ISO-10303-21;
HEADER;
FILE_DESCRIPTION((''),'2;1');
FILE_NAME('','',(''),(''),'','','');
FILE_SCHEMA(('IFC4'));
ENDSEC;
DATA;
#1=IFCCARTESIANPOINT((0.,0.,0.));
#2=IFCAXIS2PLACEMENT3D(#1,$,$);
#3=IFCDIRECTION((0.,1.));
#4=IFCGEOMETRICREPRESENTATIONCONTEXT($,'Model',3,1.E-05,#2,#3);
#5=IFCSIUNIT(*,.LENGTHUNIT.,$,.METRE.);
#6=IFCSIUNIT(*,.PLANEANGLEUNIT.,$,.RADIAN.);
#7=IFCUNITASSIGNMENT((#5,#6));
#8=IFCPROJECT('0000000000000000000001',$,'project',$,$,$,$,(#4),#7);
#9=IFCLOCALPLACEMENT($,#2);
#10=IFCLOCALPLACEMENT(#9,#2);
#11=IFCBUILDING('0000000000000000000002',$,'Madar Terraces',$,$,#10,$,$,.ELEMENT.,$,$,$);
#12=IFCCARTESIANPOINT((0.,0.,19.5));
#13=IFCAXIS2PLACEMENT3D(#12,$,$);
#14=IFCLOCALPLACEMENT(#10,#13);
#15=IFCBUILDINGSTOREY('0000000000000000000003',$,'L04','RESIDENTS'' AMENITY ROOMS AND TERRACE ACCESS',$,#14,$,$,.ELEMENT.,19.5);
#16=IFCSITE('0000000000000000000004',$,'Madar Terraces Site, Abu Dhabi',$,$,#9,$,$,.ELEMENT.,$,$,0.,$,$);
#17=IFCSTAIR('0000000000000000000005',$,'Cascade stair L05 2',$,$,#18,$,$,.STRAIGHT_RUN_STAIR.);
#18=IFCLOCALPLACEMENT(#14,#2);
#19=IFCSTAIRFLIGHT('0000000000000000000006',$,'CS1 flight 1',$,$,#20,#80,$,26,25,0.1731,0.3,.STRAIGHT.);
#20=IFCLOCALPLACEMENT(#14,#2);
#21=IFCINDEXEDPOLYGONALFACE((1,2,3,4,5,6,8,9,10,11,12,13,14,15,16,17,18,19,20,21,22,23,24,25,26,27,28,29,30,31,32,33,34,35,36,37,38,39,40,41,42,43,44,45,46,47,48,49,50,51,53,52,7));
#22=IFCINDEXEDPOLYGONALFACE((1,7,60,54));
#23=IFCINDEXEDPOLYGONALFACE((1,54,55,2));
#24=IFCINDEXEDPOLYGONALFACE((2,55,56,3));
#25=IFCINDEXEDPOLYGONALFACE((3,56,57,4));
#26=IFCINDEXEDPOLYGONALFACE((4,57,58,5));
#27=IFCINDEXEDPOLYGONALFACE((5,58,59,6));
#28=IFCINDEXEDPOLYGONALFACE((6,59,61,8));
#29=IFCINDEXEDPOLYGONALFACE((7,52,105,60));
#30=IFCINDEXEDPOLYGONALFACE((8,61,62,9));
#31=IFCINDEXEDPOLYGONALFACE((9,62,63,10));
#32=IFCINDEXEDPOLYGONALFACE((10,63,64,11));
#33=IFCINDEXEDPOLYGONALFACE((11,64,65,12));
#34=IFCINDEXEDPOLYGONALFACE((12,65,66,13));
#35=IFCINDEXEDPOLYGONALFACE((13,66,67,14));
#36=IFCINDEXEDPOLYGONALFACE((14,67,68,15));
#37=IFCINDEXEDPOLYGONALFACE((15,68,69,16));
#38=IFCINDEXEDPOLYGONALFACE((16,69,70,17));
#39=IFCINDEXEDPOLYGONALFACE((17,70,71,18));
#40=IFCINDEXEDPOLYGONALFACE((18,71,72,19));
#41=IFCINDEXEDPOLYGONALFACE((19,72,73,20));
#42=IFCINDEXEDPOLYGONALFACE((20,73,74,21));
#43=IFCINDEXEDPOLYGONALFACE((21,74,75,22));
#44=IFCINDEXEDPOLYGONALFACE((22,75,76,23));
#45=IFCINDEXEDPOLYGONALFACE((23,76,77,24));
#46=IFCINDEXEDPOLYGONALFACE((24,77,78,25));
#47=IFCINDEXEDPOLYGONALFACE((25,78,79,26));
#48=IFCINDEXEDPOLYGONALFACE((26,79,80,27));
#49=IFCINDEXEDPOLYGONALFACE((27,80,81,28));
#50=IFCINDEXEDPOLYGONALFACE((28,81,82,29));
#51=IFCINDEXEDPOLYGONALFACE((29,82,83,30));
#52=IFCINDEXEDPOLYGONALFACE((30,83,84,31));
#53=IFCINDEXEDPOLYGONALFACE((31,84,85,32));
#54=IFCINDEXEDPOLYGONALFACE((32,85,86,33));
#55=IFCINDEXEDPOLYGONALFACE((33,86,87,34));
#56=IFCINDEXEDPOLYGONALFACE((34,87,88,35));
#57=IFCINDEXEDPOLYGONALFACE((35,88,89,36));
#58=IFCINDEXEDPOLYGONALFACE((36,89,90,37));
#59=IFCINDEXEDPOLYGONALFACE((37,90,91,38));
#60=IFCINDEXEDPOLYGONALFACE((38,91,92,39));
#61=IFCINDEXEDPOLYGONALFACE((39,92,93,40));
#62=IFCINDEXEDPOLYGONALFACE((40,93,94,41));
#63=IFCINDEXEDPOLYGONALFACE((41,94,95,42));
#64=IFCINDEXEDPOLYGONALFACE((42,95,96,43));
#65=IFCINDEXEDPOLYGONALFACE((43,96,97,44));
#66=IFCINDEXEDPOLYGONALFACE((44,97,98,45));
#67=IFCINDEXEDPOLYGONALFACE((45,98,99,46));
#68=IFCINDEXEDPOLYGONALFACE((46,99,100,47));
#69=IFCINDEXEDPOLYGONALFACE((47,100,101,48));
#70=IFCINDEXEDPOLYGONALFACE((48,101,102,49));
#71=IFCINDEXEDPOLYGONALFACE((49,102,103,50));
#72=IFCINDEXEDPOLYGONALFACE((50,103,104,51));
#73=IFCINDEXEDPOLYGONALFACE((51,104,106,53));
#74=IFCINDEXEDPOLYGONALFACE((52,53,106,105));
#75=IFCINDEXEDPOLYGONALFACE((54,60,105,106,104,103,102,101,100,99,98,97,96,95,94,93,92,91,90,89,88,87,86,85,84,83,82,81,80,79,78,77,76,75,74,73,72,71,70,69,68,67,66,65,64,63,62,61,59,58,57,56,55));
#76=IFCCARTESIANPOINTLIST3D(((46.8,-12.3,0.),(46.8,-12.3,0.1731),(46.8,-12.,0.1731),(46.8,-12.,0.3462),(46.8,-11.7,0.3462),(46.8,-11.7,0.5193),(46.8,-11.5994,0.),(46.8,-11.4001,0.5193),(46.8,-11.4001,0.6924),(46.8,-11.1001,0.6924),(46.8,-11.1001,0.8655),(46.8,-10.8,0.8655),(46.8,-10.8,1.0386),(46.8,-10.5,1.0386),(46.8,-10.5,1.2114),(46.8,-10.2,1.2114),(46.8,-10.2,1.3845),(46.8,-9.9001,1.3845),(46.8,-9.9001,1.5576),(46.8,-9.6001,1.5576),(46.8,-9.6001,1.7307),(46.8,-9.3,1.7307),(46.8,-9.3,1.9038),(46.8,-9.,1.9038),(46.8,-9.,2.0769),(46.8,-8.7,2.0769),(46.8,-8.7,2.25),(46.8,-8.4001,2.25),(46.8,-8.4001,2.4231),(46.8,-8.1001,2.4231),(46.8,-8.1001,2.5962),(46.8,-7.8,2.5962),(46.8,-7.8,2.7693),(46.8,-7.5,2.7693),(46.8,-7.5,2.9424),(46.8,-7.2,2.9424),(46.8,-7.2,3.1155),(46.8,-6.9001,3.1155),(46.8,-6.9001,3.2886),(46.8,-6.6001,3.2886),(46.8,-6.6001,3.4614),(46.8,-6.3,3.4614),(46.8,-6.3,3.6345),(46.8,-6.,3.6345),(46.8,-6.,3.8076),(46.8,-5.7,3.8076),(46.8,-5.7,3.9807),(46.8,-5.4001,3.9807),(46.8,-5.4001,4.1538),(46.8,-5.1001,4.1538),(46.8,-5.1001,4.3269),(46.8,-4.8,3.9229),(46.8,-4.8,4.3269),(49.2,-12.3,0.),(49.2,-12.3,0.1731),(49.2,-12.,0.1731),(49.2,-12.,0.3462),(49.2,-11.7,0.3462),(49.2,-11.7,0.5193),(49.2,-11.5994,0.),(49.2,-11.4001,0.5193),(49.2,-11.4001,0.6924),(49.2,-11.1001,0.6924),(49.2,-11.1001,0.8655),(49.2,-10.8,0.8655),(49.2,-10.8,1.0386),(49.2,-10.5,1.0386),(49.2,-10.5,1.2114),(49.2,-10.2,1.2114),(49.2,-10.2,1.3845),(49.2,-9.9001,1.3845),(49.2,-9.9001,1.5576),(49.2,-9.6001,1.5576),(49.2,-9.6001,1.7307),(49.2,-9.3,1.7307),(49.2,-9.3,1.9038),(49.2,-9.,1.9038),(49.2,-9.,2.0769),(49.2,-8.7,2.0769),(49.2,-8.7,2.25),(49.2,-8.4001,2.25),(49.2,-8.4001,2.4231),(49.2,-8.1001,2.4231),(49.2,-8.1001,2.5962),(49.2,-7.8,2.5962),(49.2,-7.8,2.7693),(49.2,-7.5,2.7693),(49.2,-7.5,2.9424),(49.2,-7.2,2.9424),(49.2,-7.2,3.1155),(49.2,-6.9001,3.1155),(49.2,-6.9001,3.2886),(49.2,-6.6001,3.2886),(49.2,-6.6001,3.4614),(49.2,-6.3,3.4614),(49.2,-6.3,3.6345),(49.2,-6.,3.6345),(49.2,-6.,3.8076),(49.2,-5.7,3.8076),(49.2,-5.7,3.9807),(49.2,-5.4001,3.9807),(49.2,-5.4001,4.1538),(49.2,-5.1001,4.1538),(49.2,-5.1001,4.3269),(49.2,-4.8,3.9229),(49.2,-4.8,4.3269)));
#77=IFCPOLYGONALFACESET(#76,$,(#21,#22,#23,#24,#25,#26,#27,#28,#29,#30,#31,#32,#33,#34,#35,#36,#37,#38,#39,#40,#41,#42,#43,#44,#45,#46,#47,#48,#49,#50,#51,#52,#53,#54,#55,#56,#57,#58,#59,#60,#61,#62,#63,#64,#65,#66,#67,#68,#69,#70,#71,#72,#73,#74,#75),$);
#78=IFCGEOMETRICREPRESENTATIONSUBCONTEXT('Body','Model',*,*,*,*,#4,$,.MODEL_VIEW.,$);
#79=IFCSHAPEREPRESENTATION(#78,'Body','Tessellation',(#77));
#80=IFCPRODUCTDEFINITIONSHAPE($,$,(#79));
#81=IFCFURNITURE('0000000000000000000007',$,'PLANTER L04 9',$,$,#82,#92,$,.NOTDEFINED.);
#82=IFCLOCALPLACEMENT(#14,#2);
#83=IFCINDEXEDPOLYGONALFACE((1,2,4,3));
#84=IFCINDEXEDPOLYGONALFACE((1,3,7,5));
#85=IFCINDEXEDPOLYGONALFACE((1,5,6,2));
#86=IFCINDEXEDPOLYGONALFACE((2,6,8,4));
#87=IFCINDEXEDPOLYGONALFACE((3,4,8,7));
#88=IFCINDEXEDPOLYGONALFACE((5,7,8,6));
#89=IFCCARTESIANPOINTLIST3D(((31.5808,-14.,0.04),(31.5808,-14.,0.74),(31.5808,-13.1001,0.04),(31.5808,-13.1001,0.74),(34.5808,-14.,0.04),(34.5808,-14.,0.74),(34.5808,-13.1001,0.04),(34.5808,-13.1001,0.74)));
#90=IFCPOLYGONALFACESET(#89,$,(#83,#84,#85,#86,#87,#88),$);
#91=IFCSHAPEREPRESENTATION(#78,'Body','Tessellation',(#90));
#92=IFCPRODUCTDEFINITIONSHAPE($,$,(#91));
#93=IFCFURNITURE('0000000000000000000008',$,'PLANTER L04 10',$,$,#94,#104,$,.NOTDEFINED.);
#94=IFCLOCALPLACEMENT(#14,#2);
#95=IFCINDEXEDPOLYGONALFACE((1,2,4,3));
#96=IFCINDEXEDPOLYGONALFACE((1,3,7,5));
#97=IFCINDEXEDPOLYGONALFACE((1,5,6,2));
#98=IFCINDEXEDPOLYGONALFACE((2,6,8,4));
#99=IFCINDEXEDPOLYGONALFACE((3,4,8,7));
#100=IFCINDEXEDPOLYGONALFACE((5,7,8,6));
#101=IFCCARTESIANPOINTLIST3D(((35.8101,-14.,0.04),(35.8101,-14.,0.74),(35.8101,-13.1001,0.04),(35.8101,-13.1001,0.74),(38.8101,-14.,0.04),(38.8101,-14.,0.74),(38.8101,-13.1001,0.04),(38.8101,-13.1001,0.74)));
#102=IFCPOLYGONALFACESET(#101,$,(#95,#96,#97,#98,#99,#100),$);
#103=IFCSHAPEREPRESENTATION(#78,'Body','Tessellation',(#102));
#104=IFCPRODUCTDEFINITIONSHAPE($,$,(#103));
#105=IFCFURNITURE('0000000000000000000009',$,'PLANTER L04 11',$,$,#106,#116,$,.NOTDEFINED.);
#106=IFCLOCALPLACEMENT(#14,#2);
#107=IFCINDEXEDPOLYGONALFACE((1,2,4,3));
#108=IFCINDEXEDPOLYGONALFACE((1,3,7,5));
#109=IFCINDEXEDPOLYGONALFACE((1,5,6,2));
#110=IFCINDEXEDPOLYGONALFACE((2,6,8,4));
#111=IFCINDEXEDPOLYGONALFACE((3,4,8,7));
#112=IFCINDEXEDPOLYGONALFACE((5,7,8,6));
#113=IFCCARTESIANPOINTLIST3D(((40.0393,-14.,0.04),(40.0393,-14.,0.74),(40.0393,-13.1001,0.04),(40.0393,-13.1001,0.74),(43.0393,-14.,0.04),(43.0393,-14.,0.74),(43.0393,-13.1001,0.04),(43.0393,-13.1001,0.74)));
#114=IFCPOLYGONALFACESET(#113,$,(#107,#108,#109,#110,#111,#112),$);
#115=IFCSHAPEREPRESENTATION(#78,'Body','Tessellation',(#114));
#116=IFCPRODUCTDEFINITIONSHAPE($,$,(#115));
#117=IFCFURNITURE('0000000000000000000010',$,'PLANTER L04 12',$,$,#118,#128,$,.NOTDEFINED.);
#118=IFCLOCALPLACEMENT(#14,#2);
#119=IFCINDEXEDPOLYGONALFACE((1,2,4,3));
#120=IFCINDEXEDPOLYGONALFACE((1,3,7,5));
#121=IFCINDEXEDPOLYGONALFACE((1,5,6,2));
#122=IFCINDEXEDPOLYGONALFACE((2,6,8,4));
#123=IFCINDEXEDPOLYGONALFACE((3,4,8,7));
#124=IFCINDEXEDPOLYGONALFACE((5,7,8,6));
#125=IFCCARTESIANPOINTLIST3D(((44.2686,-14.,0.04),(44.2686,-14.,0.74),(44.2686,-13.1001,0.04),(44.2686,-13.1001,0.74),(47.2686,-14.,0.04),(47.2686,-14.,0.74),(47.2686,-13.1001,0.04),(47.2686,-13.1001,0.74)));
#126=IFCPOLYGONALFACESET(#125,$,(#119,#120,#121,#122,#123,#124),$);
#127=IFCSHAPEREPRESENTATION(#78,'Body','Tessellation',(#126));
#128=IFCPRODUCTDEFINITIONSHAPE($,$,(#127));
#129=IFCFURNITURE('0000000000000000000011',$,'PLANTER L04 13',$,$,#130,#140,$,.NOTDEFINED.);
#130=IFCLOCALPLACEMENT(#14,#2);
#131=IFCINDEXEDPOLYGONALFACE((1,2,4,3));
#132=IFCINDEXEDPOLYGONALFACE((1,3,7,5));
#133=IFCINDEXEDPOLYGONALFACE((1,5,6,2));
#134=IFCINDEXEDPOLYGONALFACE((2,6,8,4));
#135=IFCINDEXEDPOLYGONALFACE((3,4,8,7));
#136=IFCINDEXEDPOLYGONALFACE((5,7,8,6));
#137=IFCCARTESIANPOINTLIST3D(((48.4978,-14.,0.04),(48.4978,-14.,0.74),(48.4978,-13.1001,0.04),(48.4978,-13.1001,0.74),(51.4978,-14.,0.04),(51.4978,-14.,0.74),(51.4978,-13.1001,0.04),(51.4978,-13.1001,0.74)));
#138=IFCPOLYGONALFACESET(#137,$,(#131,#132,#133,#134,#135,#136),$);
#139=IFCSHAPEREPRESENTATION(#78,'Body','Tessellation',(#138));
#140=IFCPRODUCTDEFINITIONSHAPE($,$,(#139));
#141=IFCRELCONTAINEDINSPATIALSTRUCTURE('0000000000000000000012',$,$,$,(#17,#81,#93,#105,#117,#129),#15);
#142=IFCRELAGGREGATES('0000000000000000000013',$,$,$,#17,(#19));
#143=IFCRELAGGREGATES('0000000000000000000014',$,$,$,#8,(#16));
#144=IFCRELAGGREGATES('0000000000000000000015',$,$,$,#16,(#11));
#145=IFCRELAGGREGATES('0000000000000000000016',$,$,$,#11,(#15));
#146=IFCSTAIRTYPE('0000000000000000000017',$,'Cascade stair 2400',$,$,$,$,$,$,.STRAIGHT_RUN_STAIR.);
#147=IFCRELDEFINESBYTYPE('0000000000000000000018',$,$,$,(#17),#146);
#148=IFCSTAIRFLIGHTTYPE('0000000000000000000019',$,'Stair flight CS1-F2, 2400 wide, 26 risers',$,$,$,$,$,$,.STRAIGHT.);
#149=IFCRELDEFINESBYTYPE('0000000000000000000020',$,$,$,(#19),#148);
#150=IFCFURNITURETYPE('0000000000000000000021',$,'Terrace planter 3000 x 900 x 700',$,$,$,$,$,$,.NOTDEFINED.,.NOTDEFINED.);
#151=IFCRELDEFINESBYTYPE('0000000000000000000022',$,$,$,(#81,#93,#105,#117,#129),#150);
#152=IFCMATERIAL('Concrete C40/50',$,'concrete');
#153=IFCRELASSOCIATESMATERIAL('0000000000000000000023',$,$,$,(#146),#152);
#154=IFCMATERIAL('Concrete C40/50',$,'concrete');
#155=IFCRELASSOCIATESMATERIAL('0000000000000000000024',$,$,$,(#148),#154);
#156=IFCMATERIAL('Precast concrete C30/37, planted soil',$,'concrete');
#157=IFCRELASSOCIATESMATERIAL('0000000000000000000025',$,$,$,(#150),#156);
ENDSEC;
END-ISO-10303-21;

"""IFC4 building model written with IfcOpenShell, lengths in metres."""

from ifc_helpers import new_model, si_unit, direction, frame, origin, origin_2d, place, context, subcontext, project, spatial, polyline, rectangle, outline, extrude, material, type_object, element, aggregate, save


model = new_model("IFC4")

# Units and contexts
model_context = context("Model", 3, precision=1e-05, world=origin(), true_north=direction((0.0, 1.0)))
body_context = subcontext(model_context, "Body", "Model", "MODEL_VIEW")
ifc_project = project(units=[si_unit("LENGTHUNIT", "METRE"), si_unit("PLANEANGLEUNIT", "RADIAN")], contexts=[model_context])

# Site, building, storey
site_placement = place(None, origin())
site = spatial("IfcSite", under=ifc_project, at=site_placement, Name="Madar Terraces Site, Abu Dhabi", CompositionType="ELEMENT", RefElevation=0.0)
building_placement = place(site_placement, origin())
building = spatial("IfcBuilding", under=site, at=building_placement, Name="Madar Terraces", CompositionType="ELEMENT")
storey_placement = place(building_placement, frame((0.0, 0.0, 19.5)))
storey = spatial("IfcBuildingStorey", under=building, at=storey_placement, Name="L04", Description="RESIDENTS' AMENITY ROOMS AND TERRACE ACCESS", CompositionType="ELEMENT", Elevation=19.5)

# Stair, stair flight
ifc_material_1 = material(Name="Concrete C40/50", Category="concrete")
stair_type = type_object("IfcStairType", Name="Cascade stair 2400", PredefinedType="STRAIGHT_RUN_STAIR", material=ifc_material_1)
stair_placement = place(storey_placement, origin())
stair = element("IfcStair", 1, at=stair_placement, inside=storey, type_object=stair_type, Name="Cascade stair L05 2", PredefinedType="STRAIGHT_RUN_STAIR")
ifc_material_2 = material(Name="Concrete C40/50", Category="concrete")
stair_flight_type = type_object("IfcStairFlightType", Name="Stair flight CS1-F2, 2400 wide, 26 risers", PredefinedType="STRAIGHT", material=ifc_material_2)
stair_flight_placement = place(storey_placement, frame((48.0, -12.3, 0.0), z_axis=(0.0, 0.0, 1.0), x_axis=(0.0, 1.0, 0.0)))
stair_flight = element("IfcStairFlight", 2, at=stair_flight_placement, type_object=stair_flight_type, Name="CS1 flight 1", NumberOfRisers=26, NumberOfTreads=25, PredefinedType="STRAIGHT", RiserHeight=0.1731, TreadLength=0.3, context=body_context, shape_type="SweptSolid", body=[
    extrude(outline(polyline([(0.0, 0.0), (0.0, 0.1731), (0.3, 0.1731), (0.3, 0.3462), (0.6001, 0.3462), (0.6001, 0.5193), (0.8999, 0.5193), (0.8999, 0.6924), (1.2, 0.6924), (1.2, 0.8655), (1.5, 0.8655), (1.5, 1.0386), (1.8, 1.0386), (1.8, 1.2114), (2.1001, 1.2114), (2.1001, 1.3845), (2.3999, 1.3845), (2.3999, 1.5576), (2.7, 1.5576), (2.7, 1.7307), (3.0, 1.7307), (3.0, 1.9038), (3.3, 1.9038), (3.3, 2.0769), (3.6001, 2.0769), (3.6001, 2.25), (3.8999, 2.25), (3.8999, 2.4231), (4.2, 2.4231), (4.2, 2.5962), (4.5, 2.5962), (4.5, 2.7693), (4.8, 2.7693), (4.8, 2.9424), (5.1001, 2.9424), (5.1001, 3.1155), (5.3999, 3.1155), (5.3999, 3.2886), (5.7, 3.2886), (5.7, 3.4614), (6.0, 3.4614), (6.0, 3.6345), (6.3, 3.6345), (6.3, 3.8076), (6.6001, 3.8076), (6.6001, 3.9807), (6.8999, 3.9807), (6.8999, 4.1538), (7.2, 4.1538), (7.2, 4.3269), (7.5, 4.3269), (7.5, 4.5), (7.5, 3.9229), (0.7007, 0.0), (0.0, 0.0)])), frame((0.0, 1.2, 0.0), z_axis=(0.0, -1.0, 0.0), x_axis=(1.0, 0.0, 0.0)), (0.0, 0.0, 1.0), 2.3999),
])
aggregate(stair, [stair_flight])

# Furniture
ifc_material_3 = material(Name="Precast concrete C30/37, planted soil", Category="concrete")
furniture_type = type_object("IfcFurnitureType", Name="Terrace planter 3000 x 900 x 700", AssemblyPlace="NOTDEFINED", PredefinedType="NOTDEFINED", material=ifc_material_3)
for number, where, z_axis, x_axis, name in (
    (3, (33.0808, -13.55, 0.04), (0.0, 0.0, 1.0), (1.0, 0.0, 0.0), "PLANTER L04 9"),
    (4, (37.3101, -13.55, 0.04), (0.0, 0.0, 1.0), (1.0, 0.0, 0.0), "PLANTER L04 10"),
    (5, (41.5393, -13.55, 0.04), (0.0, 0.0, 1.0), (1.0, 0.0, 0.0), "PLANTER L04 11"),
    (6, (45.7686, -13.55, 0.04), (0.0, 0.0, 1.0), (1.0, 0.0, 0.0), "PLANTER L04 12"),
    (7, (49.9978, -13.55, 0.04), (0.0, 0.0, 1.0), (1.0, 0.0, 0.0), "PLANTER L04 13"),
):
    element("IfcFurniture", number, at=place(storey_placement, frame(where, z_axis=z_axis, x_axis=x_axis)), inside=storey, type_object=furniture_type, Name=name, PredefinedType="NOTDEFINED", context=body_context, shape_type="SweptSolid", body=[
        extrude(rectangle(XDim=3.0, YDim=0.8999, at=origin_2d()), origin(), (0.0, 0.0, 1.0), 0.7),
    ])

save(model, "model.ifc")
